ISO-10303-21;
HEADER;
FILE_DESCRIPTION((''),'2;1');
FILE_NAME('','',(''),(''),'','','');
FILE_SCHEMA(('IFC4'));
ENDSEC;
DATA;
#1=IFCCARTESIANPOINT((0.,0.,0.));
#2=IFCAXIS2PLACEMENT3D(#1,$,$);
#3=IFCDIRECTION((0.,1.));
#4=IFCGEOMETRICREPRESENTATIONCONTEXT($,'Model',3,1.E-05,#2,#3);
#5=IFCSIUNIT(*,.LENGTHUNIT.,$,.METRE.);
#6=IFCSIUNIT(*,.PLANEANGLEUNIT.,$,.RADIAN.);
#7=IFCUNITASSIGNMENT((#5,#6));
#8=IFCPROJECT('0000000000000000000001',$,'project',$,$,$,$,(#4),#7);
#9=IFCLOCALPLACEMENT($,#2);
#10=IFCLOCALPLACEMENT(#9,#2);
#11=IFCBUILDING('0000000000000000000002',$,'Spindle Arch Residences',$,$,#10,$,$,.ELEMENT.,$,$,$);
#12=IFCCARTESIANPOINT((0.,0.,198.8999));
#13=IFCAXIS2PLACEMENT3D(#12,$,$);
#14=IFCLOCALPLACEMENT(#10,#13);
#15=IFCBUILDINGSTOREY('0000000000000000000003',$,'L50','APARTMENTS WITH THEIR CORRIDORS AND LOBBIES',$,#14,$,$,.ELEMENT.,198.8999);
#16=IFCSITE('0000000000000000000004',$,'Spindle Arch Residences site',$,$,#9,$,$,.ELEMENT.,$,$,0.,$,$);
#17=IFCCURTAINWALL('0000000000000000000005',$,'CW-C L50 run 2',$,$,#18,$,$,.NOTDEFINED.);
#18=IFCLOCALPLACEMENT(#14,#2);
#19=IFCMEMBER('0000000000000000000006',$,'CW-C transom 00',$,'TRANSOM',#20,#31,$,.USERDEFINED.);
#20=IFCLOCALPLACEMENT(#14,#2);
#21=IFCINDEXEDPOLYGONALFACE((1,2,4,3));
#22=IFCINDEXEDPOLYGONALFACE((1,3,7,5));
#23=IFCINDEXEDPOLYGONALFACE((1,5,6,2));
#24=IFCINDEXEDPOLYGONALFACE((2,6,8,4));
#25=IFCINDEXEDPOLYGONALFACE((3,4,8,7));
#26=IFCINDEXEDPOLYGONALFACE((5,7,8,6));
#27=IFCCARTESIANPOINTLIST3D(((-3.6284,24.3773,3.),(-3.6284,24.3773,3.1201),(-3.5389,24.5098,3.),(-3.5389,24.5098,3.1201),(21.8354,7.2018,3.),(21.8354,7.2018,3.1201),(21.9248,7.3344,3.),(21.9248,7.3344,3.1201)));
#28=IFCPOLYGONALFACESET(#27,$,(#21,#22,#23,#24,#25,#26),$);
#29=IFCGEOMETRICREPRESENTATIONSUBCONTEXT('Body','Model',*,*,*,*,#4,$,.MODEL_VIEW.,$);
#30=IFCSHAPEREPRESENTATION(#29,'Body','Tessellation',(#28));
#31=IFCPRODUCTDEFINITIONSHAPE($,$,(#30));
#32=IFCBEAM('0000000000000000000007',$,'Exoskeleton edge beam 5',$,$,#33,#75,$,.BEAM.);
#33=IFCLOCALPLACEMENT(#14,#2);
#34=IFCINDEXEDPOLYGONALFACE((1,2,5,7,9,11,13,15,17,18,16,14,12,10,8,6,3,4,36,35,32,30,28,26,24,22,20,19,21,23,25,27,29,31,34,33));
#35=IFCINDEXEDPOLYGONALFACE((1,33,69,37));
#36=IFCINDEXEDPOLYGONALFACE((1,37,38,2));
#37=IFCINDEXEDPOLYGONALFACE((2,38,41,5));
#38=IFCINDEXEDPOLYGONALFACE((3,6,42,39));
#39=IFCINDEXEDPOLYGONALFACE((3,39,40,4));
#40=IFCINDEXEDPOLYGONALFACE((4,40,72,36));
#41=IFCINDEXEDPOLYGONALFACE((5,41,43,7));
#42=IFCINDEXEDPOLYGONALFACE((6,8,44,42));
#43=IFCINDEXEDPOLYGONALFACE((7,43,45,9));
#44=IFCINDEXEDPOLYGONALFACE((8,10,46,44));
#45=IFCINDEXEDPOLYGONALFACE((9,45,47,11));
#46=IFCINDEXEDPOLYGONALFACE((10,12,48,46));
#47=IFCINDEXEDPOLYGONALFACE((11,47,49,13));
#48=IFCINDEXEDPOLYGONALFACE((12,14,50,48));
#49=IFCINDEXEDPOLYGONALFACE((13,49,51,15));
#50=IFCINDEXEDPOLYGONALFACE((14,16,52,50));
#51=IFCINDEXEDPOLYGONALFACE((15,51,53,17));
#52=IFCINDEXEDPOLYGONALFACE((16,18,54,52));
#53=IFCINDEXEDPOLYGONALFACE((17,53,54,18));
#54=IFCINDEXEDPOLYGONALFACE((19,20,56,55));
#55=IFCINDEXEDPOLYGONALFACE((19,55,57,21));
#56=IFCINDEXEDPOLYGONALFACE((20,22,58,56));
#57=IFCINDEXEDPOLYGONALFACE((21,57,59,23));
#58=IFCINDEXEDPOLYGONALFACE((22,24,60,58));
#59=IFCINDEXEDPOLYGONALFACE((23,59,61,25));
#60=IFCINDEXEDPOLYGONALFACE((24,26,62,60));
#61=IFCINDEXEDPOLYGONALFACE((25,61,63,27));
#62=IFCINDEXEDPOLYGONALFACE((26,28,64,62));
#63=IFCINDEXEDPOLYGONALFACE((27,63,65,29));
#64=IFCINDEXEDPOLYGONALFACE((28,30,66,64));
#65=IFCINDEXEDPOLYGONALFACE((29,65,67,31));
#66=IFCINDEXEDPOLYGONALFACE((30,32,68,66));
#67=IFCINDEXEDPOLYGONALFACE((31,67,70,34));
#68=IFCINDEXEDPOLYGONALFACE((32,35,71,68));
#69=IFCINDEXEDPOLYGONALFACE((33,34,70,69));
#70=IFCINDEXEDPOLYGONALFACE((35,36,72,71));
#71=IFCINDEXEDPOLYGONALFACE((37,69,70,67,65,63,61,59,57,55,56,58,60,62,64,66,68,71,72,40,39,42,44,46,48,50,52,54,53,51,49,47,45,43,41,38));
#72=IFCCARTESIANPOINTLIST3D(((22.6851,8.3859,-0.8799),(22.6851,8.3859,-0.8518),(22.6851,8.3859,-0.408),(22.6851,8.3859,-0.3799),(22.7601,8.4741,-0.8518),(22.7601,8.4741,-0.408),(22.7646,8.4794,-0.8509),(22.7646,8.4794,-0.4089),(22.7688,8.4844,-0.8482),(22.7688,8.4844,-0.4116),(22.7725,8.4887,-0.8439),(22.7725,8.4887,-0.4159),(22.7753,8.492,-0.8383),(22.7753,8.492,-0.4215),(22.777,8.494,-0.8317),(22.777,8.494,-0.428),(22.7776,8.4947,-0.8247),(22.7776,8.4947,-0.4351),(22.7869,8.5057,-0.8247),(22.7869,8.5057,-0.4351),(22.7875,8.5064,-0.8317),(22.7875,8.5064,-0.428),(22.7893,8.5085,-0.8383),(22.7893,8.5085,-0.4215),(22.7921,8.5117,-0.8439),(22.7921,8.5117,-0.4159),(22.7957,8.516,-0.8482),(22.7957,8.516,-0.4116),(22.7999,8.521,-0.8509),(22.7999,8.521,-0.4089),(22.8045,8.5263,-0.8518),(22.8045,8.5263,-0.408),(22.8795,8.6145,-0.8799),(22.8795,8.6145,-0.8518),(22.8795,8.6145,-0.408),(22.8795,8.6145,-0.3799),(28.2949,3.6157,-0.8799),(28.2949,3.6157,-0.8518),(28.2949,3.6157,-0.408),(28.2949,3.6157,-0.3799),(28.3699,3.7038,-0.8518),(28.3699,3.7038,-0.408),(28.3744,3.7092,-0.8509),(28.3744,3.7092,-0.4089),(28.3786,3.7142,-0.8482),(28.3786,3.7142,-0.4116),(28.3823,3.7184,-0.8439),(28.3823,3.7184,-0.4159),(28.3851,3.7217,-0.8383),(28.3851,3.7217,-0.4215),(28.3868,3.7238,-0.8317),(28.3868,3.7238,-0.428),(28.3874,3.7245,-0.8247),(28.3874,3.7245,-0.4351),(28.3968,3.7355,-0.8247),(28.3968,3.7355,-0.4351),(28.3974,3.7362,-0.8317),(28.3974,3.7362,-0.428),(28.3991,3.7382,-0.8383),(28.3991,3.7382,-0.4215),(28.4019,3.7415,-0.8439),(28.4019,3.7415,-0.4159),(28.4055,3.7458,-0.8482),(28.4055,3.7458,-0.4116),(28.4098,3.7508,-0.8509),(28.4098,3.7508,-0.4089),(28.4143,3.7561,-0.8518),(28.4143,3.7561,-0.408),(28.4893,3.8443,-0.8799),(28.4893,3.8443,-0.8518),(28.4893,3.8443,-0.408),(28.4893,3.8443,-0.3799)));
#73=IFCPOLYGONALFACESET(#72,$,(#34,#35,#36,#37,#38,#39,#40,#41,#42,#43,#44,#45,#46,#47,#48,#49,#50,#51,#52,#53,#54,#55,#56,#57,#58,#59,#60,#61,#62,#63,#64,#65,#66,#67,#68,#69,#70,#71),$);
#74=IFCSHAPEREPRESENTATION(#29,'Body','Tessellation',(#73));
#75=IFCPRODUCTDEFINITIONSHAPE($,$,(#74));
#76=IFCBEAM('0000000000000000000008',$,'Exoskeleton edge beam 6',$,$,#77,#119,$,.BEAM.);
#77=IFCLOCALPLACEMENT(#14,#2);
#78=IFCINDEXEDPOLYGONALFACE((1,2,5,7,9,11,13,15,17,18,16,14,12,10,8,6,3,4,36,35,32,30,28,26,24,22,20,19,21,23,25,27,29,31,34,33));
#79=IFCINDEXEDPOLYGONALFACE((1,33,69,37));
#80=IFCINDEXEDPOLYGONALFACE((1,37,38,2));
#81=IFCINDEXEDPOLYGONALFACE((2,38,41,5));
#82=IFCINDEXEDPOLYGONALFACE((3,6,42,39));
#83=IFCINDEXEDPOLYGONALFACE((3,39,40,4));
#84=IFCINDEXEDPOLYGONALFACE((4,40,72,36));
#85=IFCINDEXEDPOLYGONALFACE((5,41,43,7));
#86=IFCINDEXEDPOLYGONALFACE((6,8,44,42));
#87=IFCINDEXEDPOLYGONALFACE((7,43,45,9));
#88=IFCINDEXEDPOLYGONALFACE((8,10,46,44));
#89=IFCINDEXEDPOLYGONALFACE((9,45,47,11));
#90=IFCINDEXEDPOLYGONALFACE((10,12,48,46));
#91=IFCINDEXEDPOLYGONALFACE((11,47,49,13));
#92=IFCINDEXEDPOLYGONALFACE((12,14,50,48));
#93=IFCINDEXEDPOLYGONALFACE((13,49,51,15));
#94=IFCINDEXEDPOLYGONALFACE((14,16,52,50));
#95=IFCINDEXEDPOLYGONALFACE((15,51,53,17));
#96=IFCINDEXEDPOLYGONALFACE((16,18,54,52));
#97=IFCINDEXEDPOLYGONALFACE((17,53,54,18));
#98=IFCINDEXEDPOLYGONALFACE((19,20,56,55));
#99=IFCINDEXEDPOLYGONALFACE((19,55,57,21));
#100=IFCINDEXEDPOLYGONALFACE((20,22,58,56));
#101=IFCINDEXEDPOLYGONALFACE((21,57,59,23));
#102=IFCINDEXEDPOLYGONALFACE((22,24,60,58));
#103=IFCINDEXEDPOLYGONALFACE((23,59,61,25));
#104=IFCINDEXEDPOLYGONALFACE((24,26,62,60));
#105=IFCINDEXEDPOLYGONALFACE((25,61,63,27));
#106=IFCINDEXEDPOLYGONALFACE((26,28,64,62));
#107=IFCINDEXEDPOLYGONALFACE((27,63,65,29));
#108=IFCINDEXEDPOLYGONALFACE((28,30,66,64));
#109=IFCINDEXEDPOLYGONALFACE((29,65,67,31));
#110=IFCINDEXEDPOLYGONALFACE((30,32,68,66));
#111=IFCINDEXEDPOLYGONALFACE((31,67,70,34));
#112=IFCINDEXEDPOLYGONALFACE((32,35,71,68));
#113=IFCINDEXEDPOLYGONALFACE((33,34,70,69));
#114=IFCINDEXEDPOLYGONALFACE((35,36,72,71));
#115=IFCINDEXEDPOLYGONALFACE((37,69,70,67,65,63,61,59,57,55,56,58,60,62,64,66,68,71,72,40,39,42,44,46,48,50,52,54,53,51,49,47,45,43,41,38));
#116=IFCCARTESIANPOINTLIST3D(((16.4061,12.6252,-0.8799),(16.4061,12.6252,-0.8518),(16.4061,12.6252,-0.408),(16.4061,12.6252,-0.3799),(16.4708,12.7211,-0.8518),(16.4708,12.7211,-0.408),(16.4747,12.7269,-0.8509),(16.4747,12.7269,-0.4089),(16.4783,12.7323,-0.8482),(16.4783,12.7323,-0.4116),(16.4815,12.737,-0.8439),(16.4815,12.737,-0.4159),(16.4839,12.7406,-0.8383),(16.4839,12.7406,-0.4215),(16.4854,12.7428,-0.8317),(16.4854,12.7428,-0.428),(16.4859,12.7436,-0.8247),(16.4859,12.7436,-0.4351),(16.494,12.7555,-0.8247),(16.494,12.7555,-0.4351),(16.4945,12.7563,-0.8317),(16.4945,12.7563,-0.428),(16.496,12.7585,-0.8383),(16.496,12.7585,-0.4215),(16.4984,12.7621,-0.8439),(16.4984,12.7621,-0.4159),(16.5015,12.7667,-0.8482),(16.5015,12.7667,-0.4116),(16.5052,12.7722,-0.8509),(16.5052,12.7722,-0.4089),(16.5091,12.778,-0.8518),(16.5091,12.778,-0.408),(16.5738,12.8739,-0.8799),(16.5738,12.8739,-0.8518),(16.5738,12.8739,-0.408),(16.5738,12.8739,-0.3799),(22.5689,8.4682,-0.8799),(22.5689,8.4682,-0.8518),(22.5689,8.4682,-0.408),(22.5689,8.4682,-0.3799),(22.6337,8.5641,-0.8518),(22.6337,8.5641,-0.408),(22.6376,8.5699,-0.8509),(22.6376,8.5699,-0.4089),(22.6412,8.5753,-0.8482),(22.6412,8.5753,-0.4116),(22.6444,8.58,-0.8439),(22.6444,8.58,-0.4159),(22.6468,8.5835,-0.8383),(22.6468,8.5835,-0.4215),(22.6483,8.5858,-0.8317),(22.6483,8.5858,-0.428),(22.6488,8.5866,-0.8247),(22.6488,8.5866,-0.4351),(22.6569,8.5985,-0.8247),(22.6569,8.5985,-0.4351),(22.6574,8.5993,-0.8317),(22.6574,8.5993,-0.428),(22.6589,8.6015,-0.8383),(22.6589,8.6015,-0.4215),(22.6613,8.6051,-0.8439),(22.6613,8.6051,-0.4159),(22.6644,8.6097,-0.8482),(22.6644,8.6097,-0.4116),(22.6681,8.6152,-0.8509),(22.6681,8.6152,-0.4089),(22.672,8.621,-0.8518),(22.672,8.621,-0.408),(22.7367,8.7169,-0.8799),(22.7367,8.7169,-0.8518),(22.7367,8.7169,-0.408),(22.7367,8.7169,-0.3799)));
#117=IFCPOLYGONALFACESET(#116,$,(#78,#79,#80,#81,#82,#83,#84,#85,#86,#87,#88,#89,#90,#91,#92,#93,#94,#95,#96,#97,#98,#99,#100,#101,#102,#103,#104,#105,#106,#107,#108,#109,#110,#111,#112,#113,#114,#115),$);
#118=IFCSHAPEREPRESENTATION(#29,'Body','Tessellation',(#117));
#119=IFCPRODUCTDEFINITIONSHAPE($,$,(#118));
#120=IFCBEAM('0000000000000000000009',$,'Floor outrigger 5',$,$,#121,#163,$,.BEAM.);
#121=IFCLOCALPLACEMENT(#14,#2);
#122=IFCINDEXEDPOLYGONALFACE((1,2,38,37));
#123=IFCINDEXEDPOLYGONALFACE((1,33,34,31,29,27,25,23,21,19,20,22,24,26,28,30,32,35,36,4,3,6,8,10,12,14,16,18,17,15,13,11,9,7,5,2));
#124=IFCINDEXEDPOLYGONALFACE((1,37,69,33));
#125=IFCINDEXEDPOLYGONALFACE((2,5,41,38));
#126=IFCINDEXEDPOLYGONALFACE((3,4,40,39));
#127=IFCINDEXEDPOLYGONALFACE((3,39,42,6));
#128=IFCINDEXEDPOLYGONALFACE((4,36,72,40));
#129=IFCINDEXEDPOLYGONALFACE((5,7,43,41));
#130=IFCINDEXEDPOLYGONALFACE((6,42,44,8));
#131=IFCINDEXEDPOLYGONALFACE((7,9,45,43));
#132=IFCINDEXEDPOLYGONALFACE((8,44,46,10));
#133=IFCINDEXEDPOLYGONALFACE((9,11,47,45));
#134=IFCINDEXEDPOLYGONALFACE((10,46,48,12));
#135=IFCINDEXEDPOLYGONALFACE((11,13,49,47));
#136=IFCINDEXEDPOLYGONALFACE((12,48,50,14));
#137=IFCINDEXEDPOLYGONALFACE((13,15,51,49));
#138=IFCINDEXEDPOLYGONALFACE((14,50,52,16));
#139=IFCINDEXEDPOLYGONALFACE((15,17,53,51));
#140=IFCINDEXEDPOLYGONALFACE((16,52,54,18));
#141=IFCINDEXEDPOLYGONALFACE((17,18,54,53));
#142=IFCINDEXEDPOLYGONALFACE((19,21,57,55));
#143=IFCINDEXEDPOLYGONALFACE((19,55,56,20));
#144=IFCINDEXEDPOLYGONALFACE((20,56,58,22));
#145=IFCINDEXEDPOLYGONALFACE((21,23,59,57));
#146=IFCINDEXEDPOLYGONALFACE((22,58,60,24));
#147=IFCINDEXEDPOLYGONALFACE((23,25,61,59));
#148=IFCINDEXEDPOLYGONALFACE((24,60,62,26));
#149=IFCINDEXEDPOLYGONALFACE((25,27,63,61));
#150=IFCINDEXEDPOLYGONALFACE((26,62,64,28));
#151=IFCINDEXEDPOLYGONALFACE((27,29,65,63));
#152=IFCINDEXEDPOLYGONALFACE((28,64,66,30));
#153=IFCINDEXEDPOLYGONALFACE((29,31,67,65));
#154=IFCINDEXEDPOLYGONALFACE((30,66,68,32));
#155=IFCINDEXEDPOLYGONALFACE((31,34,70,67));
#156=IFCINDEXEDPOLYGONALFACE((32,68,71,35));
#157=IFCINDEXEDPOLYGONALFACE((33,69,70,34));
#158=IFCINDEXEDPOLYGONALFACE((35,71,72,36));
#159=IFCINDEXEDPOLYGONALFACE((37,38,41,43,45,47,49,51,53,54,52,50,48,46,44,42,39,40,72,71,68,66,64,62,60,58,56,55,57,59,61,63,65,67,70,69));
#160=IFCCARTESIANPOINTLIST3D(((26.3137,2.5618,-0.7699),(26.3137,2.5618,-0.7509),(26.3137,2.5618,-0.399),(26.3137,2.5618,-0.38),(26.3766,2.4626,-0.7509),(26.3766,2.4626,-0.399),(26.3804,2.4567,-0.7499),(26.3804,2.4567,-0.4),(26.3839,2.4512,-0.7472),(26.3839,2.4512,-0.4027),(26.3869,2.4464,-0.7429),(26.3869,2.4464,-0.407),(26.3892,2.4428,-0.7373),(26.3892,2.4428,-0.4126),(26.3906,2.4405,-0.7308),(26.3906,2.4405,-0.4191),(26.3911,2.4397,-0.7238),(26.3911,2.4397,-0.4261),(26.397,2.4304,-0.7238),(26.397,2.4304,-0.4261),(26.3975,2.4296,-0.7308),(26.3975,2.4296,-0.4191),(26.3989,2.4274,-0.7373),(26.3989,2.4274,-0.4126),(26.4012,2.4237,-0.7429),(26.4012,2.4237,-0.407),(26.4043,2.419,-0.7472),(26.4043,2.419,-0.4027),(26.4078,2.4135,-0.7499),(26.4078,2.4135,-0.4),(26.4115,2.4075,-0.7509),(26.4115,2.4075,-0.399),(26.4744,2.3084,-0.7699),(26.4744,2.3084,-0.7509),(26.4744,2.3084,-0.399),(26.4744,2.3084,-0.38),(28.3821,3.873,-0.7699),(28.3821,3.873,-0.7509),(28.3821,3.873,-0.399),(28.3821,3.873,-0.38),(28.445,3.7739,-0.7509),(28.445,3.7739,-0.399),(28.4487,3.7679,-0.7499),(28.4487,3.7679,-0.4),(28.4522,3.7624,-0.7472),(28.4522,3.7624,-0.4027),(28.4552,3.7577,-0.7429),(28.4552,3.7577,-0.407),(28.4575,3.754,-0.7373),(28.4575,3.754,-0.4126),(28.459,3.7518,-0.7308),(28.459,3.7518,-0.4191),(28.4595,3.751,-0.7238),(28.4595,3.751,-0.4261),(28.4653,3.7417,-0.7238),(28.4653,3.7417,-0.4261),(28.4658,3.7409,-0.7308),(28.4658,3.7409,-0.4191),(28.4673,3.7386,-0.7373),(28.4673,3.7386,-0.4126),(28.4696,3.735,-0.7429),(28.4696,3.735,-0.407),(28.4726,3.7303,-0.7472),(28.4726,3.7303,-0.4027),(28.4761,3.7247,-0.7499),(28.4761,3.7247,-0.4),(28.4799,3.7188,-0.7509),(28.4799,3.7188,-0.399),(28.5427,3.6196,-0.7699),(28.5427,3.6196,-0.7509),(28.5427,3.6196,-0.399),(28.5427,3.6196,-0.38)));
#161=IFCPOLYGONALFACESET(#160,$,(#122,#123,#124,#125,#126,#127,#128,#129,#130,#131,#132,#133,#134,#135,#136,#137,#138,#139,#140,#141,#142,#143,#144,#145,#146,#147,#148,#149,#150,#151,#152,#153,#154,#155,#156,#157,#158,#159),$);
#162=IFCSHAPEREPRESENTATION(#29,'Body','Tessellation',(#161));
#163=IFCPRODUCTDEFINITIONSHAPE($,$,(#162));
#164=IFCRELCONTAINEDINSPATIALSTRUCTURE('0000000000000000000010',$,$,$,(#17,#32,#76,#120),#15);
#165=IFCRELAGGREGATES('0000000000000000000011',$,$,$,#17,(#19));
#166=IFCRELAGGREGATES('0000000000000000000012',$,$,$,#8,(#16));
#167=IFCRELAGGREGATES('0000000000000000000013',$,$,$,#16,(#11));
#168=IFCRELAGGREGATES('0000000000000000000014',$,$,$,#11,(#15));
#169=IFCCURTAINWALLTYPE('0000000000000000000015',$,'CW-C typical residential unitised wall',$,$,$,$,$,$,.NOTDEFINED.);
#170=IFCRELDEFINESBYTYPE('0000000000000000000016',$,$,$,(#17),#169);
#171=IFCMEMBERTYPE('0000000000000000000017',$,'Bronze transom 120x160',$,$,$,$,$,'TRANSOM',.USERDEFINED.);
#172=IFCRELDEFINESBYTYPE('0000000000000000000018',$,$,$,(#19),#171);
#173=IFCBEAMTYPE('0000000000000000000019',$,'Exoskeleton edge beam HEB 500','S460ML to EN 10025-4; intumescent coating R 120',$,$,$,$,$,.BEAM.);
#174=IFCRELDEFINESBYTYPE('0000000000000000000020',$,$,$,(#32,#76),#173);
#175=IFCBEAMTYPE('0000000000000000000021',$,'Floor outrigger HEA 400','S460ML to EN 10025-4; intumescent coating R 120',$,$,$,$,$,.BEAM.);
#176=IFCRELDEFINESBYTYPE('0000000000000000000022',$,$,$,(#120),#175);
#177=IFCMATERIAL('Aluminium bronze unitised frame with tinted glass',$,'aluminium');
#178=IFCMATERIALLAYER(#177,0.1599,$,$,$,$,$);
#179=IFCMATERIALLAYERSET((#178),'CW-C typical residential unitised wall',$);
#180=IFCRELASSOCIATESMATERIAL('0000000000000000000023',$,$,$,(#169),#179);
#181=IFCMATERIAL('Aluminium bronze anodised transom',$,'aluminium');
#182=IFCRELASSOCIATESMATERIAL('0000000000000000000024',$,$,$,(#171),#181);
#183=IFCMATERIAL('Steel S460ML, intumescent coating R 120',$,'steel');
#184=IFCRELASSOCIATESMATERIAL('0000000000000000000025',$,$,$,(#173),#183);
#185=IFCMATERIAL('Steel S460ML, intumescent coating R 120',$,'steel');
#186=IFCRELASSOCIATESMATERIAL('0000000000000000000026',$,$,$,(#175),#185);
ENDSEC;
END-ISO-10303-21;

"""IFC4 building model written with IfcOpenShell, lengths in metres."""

from ifc_helpers import new_model, si_unit, direction, frame, origin, origin_2d, place, context, subcontext, project, spatial, rectangle, i_section, extrude, material, layer, layer_set, material_profile, profile_set, type_object, element, aggregate, save


model = new_model("IFC4")

# Units and contexts
model_context = context("Model", 3, precision=1e-05, world=origin(), true_north=direction((0.0, 1.0)))
body_context = subcontext(model_context, "Body", "Model", "MODEL_VIEW")
ifc_project = project(units=[si_unit("LENGTHUNIT", "METRE"), si_unit("PLANEANGLEUNIT", "RADIAN")], contexts=[model_context])

# Site, building, storey
site_placement = place(None, origin())
site = spatial("IfcSite", under=ifc_project, at=site_placement, Name="Spindle Arch Residences site", CompositionType="ELEMENT", RefElevation=0.0)
building_placement = place(site_placement, origin())
building = spatial("IfcBuilding", under=site, at=building_placement, Name="Spindle Arch Residences", CompositionType="ELEMENT")
storey_placement = place(building_placement, frame((0.0, 0.0, 198.8999)))
storey = spatial("IfcBuildingStorey", under=building, at=storey_placement, Name="L50", Description="APARTMENTS WITH THEIR CORRIDORS AND LOBBIES", CompositionType="ELEMENT", Elevation=198.8999)

# Curtain wall
ifc_material_1 = material(Name="Aluminium bronze unitised frame with tinted glass", Category="aluminium")
ifc_layer_1 = layer(ifc_material_1, 0.1599)
ifc_layer_set_1 = layer_set([ifc_layer_1], Name="CW-C typical residential unitised wall")
curtain_wall_type_1 = type_object("IfcCurtainWallType", Name="CW-C typical residential unitised wall", PredefinedType="NOTDEFINED", material=ifc_layer_set_1)
curtain_wall_1_placement = place(storey_placement, origin())
curtain_wall_1 = element("IfcCurtainWall", 1, at=curtain_wall_1_placement, inside=storey, type_object=curtain_wall_type_1, Name="CW-C L50 run 2", PredefinedType="NOTDEFINED")

# Member
ifc_material_2 = material(Name="Aluminium bronze anodised transom", Category="aluminium")
ifc_material_profile_1 = material_profile(ifc_material_2, rectangle(XDim=0.1599, YDim=0.1201, at=origin_2d()), Name="TR 120x160")
ifc_profile_set_1 = profile_set([ifc_material_profile_1], Name="Aluminium bronze anodised transom")
member_type_1 = type_object("IfcMemberType", Name="Bronze transom 120x160", ElementType="TRANSOM", PredefinedType="USERDEFINED", material=ifc_profile_set_1)
member_1_placement = place(storey_placement, frame((21.8801, 7.2681, 3.0601), z_axis=(-0.829038, 0.559192, 0.0), x_axis=(-0.559192, -0.829038, 0.0)))
member_1 = element("IfcMember", 2, at=member_1_placement, type_object=member_type_1, Name="CW-C transom 00", ObjectType="TRANSOM", PredefinedType="USERDEFINED", context=body_context, shape_type="SweptSolid", body=[
    extrude(rectangle(XDim=0.1599, YDim=0.1201, at=origin_2d()), origin(), (0.0, 0.0, 1.0), 30.7148),
])

# Beams
ifc_material_3 = material(Name="Steel S460ML, intumescent coating R 120", Category="steel")
ifc_material_profile_2 = material_profile(ifc_material_3, i_section(OverallWidth=0.3, OverallDepth=0.5, WebThickness=0.0144, FlangeThickness=0.0281, FilletRadius=0.0271, at=origin_2d()), Name="HEB 500")
ifc_profile_set_2 = profile_set([ifc_material_profile_2], Name="Steel S460ML, intumescent coating R 120")
beam_type_1 = type_object("IfcBeamType", Name="Exoskeleton edge beam HEB 500", Description="S460ML to EN 10025-4; intumescent coating R 120", PredefinedType="BEAM", material=ifc_profile_set_2)
beam_1_placement = place(storey_placement, frame((28.3921, 3.73, -0.6299), z_axis=(-0.761813, 0.647797, 0.0), x_axis=(-0.647797, -0.761813, 0.0)))
element("IfcBeam", 3, at=beam_1_placement, inside=storey, type_object=beam_type_1, Name="Exoskeleton edge beam 5", PredefinedType="BEAM", context=body_context, shape_type="SweptSolid", body=[
    extrude(i_section(OverallWidth=0.3, OverallDepth=0.5, WebThickness=0.0144, FlangeThickness=0.0281, FilletRadius=0.0271, at=origin_2d()), origin(), (0.0, 0.0, 1.0), 7.3638),
])
beam_2_placement = place(storey_placement, frame((22.6528, 8.5925, -0.6299), z_axis=(-0.829032, 0.559202, 0.0), x_axis=(-0.559202, -0.829032, 0.0)))
element("IfcBeam", 4, at=beam_2_placement, inside=storey, type_object=beam_type_1, Name="Exoskeleton edge beam 6", PredefinedType="BEAM", context=body_context, shape_type="SweptSolid", body=[
    extrude(i_section(OverallWidth=0.3, OverallDepth=0.5, WebThickness=0.0144, FlangeThickness=0.0281, FilletRadius=0.0271, at=origin_2d()), origin(), (0.0, 0.0, 1.0), 7.4338),
])
ifc_material_4 = material(Name="Steel S460ML, intumescent coating R 120", Category="steel")
ifc_material_profile_3 = material_profile(ifc_material_4, i_section(OverallWidth=0.3, OverallDepth=0.3899, WebThickness=0.011, FlangeThickness=0.019, FilletRadius=0.0271, at=origin_2d()), Name="HEA 400")
ifc_profile_set_3 = profile_set([ifc_material_profile_3], Name="Steel S460ML, intumescent coating R 120")
beam_type_2 = type_object("IfcBeamType", Name="Floor outrigger HEA 400", Description="S460ML to EN 10025-4; intumescent coating R 120", PredefinedType="BEAM", material=ifc_profile_set_3)
beam_3_placement = place(storey_placement, frame((28.4624, 3.7463, -0.575), z_axis=(-0.844576, -0.535436, 0.0), x_axis=(0.535436, -0.844576, 0.0)))
element("IfcBeam", 5, at=beam_3_placement, inside=storey, type_object=beam_type_2, Name="Floor outrigger 5", PredefinedType="BEAM", context=body_context, shape_type="SweptSolid", body=[
    extrude(i_section(OverallWidth=0.3, OverallDepth=0.3899, WebThickness=0.011, FlangeThickness=0.019, FilletRadius=0.0271, at=origin_2d()), origin(), (0.0, 0.0, 1.0), 2.449),
])

aggregate(curtain_wall_1, [member_1])

save(model, "model.ifc")
